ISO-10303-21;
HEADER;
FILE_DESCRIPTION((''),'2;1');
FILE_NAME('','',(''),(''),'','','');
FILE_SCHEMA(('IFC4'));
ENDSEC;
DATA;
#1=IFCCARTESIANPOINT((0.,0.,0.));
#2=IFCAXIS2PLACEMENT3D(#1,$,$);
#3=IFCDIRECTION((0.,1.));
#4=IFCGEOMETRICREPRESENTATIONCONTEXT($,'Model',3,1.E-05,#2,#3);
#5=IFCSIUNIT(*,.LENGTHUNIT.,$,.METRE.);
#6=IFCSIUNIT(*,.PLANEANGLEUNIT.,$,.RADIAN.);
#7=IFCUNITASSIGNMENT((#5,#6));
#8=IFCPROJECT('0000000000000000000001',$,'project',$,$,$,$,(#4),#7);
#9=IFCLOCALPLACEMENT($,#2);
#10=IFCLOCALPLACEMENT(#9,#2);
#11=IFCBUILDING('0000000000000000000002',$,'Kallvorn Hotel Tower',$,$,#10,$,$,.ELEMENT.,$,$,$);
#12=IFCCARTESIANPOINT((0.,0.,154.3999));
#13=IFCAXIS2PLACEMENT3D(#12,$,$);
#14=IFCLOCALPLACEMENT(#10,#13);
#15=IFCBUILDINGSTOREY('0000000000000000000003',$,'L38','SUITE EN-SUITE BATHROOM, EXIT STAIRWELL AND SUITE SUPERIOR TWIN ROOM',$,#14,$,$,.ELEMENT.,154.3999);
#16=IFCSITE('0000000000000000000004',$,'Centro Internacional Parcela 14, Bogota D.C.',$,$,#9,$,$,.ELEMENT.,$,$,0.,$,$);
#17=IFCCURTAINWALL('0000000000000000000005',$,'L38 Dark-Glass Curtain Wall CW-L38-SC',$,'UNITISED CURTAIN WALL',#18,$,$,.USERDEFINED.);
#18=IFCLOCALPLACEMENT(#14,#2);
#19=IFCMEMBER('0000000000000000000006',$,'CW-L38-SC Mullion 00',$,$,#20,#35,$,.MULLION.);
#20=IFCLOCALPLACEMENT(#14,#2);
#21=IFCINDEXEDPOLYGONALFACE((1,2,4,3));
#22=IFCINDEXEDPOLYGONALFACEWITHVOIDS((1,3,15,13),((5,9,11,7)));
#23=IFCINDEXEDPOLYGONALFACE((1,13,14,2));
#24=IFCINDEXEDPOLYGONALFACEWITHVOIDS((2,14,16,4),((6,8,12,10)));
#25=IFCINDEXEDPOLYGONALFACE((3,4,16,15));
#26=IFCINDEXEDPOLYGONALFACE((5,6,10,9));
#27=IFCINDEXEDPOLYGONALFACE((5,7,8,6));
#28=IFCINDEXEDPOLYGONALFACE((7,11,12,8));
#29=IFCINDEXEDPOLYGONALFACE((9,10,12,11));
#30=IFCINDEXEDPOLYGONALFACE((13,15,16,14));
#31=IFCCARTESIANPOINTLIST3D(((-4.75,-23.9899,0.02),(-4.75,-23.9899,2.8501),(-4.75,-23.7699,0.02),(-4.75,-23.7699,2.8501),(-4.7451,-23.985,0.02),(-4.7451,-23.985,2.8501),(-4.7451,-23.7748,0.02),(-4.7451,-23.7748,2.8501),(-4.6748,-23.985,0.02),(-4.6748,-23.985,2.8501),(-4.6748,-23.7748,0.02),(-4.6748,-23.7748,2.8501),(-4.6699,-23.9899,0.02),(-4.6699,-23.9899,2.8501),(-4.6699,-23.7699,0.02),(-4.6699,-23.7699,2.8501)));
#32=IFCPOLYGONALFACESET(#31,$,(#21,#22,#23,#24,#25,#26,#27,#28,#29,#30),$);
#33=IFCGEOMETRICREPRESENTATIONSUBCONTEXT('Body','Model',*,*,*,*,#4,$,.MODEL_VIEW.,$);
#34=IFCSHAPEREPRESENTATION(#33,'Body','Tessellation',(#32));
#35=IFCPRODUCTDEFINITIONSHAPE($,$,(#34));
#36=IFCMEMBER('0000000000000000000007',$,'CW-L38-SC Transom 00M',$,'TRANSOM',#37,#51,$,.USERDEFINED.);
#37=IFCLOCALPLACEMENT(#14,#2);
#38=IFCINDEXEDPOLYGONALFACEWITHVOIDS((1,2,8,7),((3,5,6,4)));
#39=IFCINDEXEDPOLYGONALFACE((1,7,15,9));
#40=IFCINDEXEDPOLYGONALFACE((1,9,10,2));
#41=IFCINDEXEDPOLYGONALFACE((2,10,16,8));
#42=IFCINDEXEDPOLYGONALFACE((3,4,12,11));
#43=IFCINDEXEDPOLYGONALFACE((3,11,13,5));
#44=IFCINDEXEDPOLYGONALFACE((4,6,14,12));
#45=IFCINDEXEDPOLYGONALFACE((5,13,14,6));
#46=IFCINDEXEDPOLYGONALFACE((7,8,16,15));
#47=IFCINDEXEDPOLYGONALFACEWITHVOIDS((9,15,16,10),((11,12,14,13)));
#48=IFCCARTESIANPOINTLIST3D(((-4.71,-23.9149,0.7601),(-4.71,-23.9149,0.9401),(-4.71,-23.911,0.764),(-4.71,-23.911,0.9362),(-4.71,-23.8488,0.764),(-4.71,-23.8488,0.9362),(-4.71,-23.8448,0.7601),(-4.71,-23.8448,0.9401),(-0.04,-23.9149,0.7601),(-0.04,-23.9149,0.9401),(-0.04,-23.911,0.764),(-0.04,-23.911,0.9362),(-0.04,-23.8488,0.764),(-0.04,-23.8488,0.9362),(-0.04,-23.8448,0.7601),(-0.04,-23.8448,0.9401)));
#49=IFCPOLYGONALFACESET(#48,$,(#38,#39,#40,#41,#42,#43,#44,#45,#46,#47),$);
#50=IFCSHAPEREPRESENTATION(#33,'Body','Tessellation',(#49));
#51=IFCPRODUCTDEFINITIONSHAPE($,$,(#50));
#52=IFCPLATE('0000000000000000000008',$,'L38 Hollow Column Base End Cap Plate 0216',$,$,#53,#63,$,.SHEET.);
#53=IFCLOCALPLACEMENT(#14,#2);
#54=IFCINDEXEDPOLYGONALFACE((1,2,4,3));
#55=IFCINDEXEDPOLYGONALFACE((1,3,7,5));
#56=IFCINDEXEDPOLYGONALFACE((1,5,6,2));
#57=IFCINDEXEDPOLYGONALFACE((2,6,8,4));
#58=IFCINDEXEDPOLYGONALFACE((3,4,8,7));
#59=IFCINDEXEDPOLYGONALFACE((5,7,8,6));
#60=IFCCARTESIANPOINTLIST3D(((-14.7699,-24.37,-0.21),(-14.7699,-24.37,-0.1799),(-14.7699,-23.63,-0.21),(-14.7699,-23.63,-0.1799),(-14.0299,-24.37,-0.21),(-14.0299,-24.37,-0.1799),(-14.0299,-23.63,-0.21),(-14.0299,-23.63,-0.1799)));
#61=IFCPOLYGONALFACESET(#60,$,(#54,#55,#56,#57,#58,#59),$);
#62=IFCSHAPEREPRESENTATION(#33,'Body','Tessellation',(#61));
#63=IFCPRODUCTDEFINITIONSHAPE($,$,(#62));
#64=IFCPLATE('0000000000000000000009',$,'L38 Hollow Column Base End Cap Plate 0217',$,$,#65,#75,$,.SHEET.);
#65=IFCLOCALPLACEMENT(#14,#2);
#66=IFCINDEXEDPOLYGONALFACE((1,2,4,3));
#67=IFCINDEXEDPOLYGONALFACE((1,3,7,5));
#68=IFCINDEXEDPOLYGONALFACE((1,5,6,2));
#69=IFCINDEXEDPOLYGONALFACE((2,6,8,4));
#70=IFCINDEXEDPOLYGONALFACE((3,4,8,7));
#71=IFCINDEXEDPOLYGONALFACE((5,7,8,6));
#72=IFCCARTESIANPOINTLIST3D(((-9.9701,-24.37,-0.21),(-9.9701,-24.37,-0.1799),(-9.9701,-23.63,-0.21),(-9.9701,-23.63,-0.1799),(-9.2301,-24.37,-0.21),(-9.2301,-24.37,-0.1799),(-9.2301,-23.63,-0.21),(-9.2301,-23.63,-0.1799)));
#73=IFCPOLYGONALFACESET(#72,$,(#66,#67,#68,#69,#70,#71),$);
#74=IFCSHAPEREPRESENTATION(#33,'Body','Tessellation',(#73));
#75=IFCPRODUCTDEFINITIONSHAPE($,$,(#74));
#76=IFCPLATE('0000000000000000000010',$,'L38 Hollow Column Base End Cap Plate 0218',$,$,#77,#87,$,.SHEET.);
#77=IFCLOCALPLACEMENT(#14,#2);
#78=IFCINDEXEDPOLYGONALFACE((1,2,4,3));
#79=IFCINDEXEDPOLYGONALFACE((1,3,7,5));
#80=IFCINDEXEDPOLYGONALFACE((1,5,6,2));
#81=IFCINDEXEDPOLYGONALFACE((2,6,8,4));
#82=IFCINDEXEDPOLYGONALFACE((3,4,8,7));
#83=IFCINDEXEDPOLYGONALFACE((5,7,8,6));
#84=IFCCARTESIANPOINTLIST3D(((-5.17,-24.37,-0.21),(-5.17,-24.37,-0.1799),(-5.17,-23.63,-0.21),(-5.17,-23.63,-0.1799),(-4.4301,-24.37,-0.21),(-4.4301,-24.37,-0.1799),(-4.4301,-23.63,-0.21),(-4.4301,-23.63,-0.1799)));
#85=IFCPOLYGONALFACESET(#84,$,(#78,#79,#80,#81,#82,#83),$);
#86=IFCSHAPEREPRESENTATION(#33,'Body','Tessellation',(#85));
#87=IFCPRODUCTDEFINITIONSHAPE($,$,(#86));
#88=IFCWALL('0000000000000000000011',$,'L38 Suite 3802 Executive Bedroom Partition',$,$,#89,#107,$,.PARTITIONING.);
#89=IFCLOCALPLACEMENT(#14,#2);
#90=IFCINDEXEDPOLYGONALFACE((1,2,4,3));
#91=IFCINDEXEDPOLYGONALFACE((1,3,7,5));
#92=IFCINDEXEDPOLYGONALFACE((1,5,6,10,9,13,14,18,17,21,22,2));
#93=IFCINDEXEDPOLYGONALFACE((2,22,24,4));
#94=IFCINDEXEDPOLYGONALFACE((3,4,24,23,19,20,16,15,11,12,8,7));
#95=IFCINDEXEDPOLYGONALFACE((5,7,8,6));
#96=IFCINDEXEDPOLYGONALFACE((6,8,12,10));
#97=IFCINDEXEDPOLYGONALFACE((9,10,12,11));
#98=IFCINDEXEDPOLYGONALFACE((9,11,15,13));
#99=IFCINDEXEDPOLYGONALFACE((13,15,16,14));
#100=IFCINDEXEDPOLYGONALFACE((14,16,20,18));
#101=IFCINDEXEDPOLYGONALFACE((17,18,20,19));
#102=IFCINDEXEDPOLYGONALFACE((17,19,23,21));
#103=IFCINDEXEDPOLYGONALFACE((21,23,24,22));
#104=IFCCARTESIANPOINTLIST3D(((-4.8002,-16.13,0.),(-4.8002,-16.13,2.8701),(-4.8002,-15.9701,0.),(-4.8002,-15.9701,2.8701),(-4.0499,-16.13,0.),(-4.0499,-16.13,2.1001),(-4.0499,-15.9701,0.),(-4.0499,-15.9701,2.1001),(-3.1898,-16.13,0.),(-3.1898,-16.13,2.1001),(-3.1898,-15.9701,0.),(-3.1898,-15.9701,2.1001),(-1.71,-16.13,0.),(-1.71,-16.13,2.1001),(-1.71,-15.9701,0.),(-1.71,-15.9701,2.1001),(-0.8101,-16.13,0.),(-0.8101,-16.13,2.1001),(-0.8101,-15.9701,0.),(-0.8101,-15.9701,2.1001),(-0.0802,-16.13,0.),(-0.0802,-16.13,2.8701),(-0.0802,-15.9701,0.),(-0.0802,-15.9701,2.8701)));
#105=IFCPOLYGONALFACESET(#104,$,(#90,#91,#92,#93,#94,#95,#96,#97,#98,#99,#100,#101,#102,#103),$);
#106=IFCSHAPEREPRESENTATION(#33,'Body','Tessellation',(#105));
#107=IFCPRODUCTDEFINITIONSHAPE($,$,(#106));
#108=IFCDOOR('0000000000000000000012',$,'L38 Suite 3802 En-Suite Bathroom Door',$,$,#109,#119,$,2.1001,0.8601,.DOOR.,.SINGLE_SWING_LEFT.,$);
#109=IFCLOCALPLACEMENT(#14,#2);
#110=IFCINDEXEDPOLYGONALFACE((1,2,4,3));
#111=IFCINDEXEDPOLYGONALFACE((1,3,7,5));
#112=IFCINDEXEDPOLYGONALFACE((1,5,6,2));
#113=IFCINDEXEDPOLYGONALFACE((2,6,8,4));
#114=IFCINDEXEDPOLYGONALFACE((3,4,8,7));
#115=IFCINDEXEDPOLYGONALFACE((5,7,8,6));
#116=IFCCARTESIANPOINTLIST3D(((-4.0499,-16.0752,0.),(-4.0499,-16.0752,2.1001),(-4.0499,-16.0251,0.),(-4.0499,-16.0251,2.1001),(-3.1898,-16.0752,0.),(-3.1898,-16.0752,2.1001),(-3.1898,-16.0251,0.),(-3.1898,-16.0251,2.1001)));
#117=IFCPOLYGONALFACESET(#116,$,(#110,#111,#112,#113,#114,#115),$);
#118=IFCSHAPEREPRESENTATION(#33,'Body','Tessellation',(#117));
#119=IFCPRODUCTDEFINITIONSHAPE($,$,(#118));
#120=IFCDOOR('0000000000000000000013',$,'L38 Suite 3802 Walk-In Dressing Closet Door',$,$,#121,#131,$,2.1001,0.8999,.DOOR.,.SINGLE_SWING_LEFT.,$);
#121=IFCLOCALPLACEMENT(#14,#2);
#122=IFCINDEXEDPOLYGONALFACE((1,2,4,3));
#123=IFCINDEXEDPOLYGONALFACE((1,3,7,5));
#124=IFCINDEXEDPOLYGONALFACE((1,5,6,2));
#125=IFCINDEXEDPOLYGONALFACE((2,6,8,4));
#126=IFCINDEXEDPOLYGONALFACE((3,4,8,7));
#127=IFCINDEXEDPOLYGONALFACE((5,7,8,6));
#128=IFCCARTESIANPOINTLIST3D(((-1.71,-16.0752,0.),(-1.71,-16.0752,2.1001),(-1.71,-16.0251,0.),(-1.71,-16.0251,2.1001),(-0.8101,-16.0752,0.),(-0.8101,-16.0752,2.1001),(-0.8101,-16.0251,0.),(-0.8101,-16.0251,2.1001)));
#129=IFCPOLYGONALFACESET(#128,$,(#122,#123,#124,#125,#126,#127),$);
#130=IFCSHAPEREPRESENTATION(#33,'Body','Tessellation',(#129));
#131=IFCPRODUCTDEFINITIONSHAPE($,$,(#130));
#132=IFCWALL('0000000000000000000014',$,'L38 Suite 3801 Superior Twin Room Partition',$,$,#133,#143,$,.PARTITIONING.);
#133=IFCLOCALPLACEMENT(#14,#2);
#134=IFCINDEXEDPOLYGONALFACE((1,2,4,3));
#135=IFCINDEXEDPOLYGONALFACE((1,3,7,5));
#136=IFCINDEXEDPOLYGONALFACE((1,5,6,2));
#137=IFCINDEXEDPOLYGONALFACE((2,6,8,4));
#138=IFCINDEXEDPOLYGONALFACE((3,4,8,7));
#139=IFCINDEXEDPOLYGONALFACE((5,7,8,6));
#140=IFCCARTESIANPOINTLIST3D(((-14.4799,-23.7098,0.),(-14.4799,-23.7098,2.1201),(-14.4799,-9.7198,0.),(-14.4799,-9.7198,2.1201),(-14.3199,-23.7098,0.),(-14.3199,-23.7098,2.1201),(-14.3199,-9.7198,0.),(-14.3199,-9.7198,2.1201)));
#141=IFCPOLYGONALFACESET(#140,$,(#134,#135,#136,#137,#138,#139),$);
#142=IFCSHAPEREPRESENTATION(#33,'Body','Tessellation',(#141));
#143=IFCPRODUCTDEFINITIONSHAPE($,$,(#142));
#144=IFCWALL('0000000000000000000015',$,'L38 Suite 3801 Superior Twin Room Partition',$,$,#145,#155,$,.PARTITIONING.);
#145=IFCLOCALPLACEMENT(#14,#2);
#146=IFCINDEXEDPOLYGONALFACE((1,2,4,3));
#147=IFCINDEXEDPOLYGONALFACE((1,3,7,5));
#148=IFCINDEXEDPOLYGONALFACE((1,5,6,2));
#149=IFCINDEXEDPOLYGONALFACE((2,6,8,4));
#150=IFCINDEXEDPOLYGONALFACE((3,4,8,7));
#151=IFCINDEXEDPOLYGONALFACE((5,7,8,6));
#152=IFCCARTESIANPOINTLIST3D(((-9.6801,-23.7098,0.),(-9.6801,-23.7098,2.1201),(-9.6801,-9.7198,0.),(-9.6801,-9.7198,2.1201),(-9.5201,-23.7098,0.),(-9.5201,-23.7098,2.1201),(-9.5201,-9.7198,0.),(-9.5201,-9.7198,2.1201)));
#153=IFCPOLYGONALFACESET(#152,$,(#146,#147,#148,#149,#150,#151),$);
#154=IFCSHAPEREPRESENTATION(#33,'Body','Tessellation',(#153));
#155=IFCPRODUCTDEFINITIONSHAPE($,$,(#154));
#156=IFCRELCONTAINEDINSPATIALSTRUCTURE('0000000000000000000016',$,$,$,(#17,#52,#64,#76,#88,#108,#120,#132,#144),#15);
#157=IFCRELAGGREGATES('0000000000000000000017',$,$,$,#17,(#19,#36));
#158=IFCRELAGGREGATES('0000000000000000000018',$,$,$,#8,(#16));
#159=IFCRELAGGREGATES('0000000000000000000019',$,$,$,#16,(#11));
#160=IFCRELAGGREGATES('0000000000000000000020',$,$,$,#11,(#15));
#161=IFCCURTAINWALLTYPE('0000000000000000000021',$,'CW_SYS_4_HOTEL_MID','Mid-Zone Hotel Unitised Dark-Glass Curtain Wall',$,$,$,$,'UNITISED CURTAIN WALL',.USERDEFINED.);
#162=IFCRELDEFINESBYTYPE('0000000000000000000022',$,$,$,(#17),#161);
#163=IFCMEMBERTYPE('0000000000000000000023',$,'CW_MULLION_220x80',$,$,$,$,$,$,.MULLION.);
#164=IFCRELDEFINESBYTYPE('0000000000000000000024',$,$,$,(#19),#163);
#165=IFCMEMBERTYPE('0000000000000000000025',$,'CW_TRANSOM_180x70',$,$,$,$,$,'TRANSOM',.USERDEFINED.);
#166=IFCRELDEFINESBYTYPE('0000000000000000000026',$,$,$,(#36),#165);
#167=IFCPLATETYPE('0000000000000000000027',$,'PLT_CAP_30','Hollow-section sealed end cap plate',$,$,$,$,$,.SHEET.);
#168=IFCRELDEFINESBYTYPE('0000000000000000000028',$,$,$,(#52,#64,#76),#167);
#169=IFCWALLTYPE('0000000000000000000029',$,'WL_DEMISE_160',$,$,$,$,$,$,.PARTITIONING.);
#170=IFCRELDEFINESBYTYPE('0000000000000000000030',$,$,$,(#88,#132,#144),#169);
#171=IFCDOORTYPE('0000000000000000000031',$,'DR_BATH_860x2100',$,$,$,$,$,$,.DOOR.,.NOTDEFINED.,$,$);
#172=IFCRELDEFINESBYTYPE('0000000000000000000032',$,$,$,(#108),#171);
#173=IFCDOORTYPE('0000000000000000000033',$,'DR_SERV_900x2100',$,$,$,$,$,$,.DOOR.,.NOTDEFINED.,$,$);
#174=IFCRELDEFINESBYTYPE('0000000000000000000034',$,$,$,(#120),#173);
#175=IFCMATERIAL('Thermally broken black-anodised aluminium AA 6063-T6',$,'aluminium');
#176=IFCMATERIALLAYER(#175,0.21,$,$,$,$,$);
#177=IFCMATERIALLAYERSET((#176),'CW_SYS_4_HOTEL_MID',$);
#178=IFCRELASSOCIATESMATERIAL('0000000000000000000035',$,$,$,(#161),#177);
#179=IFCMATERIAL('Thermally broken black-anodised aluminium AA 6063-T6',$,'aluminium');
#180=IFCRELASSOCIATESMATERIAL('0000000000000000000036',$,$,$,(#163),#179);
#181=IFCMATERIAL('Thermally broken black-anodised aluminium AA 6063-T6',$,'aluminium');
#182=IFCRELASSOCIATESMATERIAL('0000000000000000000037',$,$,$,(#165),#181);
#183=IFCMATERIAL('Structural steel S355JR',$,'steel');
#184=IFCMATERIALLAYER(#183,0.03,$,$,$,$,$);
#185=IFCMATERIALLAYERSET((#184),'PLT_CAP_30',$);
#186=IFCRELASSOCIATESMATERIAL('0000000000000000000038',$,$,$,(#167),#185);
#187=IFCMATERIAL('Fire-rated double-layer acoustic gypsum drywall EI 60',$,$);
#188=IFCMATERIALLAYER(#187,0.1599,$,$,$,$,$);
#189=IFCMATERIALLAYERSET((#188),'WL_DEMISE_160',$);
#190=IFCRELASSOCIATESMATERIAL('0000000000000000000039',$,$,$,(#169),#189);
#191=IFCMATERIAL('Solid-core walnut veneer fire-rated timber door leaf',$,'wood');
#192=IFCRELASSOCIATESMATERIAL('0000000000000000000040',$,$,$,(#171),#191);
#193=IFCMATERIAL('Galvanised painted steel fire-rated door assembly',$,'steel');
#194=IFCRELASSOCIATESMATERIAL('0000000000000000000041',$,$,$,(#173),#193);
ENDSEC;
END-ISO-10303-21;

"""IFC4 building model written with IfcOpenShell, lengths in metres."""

from ifc_helpers import new_model, si_unit, direction, frame, frame_2d, origin, origin_2d, place, context, subcontext, project, spatial, rectangle, hollow_rectangle, extrude, material, layer, layer_set, material_profile, profile_set, type_object, element, fill, aggregate, save


model = new_model("IFC4")

# Units and contexts
model_context = context("Model", 3, precision=1e-05, world=origin(), true_north=direction((0.0, 1.0)))
body_context = subcontext(model_context, "Body", "Model", "MODEL_VIEW")
ifc_project = project(units=[si_unit("LENGTHUNIT", "METRE"), si_unit("PLANEANGLEUNIT", "RADIAN")], contexts=[model_context])

# Site, building, storey
site_placement = place(None, origin())
site = spatial("IfcSite", under=ifc_project, at=site_placement, Name="Centro Internacional Parcela 14, Bogota D.C.", CompositionType="ELEMENT", RefElevation=0.0)
building_placement = place(site_placement, origin())
building = spatial("IfcBuilding", under=site, at=building_placement, Name="Kallvorn Hotel Tower", CompositionType="ELEMENT")
storey_placement = place(building_placement, frame((0.0, 0.0, 154.3999)))
storey = spatial("IfcBuildingStorey", under=building, at=storey_placement, Name="L38", Description="SUITE EN-SUITE BATHROOM, EXIT STAIRWELL AND SUITE SUPERIOR TWIN ROOM", CompositionType="ELEMENT", Elevation=154.3999)

# Curtain wall, members
ifc_material_1 = material(Name="Thermally broken black-anodised aluminium AA 6063-T6", Category="aluminium")
ifc_layer_1 = layer(ifc_material_1, 0.21)
ifc_layer_set_1 = layer_set([ifc_layer_1], Name="CW_SYS_4_HOTEL_MID")
curtain_wall_type = type_object("IfcCurtainWallType", Name="CW_SYS_4_HOTEL_MID", Description="Mid-Zone Hotel Unitised Dark-Glass Curtain Wall", ElementType="UNITISED CURTAIN WALL", PredefinedType="USERDEFINED", material=ifc_layer_set_1)
curtain_wall_placement = place(storey_placement, origin())
curtain_wall = element("IfcCurtainWall", 1, at=curtain_wall_placement, inside=storey, type_object=curtain_wall_type, Name="L38 Dark-Glass Curtain Wall CW-L38-SC", ObjectType="UNITISED CURTAIN WALL", PredefinedType="USERDEFINED")
ifc_material_2 = material(Name="Thermally broken black-anodised aluminium AA 6063-T6", Category="aluminium")
ifc_material_profile_1 = material_profile(ifc_material_2, hollow_rectangle(XDim=0.0801, YDim=0.22, WallThickness=0.0049, at=origin_2d()), Name="MUL 220x80")
ifc_profile_set_1 = profile_set([ifc_material_profile_1], Name="Thermally broken black-anodised aluminium AA 6063-T6")
member_type_1 = type_object("IfcMemberType", Name="CW_MULLION_220x80", PredefinedType="MULLION", material=ifc_profile_set_1)
member_1_placement = place(storey_placement, frame((-4.71, -23.8799, 0.02), z_axis=(0.0, 0.0, 1.0), x_axis=(1.0, 0.0, 0.0)))
member_1 = element("IfcMember", 2, at=member_1_placement, type_object=member_type_1, Name="CW-L38-SC Mullion 00", PredefinedType="MULLION", context=body_context, shape_type="SweptSolid", body=[
    extrude(hollow_rectangle(XDim=0.0801, YDim=0.22, WallThickness=0.0049, at=origin_2d()), origin(), (0.0, 0.0, 1.0), 2.8301),
])
ifc_material_3 = material(Name="Thermally broken black-anodised aluminium AA 6063-T6", Category="aluminium")
ifc_material_profile_2 = material_profile(ifc_material_3, hollow_rectangle(XDim=0.0701, YDim=0.1799, WallThickness=0.0039, at=origin_2d()), Name="TRN 180x70")
ifc_profile_set_2 = profile_set([ifc_material_profile_2], Name="Thermally broken black-anodised aluminium AA 6063-T6")
member_type_2 = type_object("IfcMemberType", Name="CW_TRANSOM_180x70", ElementType="TRANSOM", PredefinedType="USERDEFINED", material=ifc_profile_set_2)
member_2_placement = place(storey_placement, frame((-4.71, -23.8799, 0.8501), z_axis=(1.0, 0.0, 0.0), x_axis=(0.0, 1.0, 0.0)))
member_2 = element("IfcMember", 3, at=member_2_placement, type_object=member_type_2, Name="CW-L38-SC Transom 00M", ObjectType="TRANSOM", PredefinedType="USERDEFINED", context=body_context, shape_type="SweptSolid", body=[
    extrude(hollow_rectangle(XDim=0.0701, YDim=0.1799, WallThickness=0.0039, at=origin_2d()), origin(), (0.0, 0.0, 1.0), 4.6699),
])
aggregate(curtain_wall, [member_1, member_2])

# Plates
ifc_material_4 = material(Name="Structural steel S355JR", Category="steel")
ifc_layer_2 = layer(ifc_material_4, 0.03)
ifc_layer_set_2 = layer_set([ifc_layer_2], Name="PLT_CAP_30")
plate_type = type_object("IfcPlateType", Name="PLT_CAP_30", Description="Hollow-section sealed end cap plate", PredefinedType="SHEET", material=ifc_layer_set_2)
for number, where, z_axis, x_axis, name in (
    (4, (-14.3999, -24.0, -0.21), (0.0, 0.0, 1.0), (1.0, 0.0, 0.0), "L38 Hollow Column Base End Cap Plate 0216"),
    (5, (-9.6001, -24.0, -0.21), (0.0, 0.0, 1.0), (1.0, 0.0, 0.0), "L38 Hollow Column Base End Cap Plate 0217"),
    (6, (-4.8, -24.0, -0.21), (0.0, 0.0, 1.0), (1.0, 0.0, 0.0), "L38 Hollow Column Base End Cap Plate 0218"),
):
    element("IfcPlate", number, at=place(storey_placement, frame(where, z_axis=z_axis, x_axis=x_axis)), inside=storey, type_object=plate_type, Name=name, PredefinedType="SHEET", context=body_context, shape_type="SweptSolid", body=[
        extrude(rectangle(XDim=0.74, YDim=0.74, at=origin_2d()), origin(), (0.0, 0.0, 1.0), 0.03),
    ])

# Wall, openings, doors
ifc_material_5 = material(Name="Fire-rated double-layer acoustic gypsum drywall EI 60")
ifc_layer_3 = layer(ifc_material_5, 0.1599)
ifc_layer_set_3 = layer_set([ifc_layer_3], Name="WL_DEMISE_160")
wall_type = type_object("IfcWallType", Name="WL_DEMISE_160", PredefinedType="PARTITIONING", material=ifc_layer_set_3)
wall_1_placement = place(storey_placement, frame((-4.8, -16.05, 0.0), z_axis=(0.0, 0.0, 1.0), x_axis=(1.0, 0.0, 0.0)))
wall_1 = element("IfcWall", 7, at=wall_1_placement, inside=storey, type_object=wall_type, Name="L38 Suite 3802 Executive Bedroom Partition", PredefinedType="PARTITIONING", context=body_context, shape_type="SweptSolid", body=[
    extrude(rectangle(XDim=4.72, YDim=0.1599, at=frame_2d((2.3599, 0.0))), origin(), (0.0, 0.0, 1.0), 2.8701),
])
opening_1_placement = place(wall_1_placement, frame((0.75, 0.0, 0.0)))
opening_1 = element("IfcOpeningElement", 8, at=opening_1_placement, cuts=wall_1, PredefinedType="OPENING", context=body_context, shape_type="SweptSolid", body=[
    extrude(rectangle(XDim=0.8601, YDim=2.1001, at=frame_2d((0.4302, 1.05))), frame((0.0, 0.095, 0.0), z_axis=(0.0, -1.0, 0.0), x_axis=(1.0, 0.0, 0.0)), (0.0, 0.0, 1.0), 0.1899),
])
opening_2_placement = place(wall_1_placement, frame((3.0901, 0.0, 0.0)))
opening_2 = element("IfcOpeningElement", 9, at=opening_2_placement, cuts=wall_1, PredefinedType="OPENING", context=body_context, shape_type="SweptSolid", body=[
    extrude(rectangle(XDim=0.8999, YDim=2.1001, at=frame_2d((0.45, 1.05))), frame((0.0, 0.095, 0.0), z_axis=(0.0, -1.0, 0.0), x_axis=(1.0, 0.0, 0.0)), (0.0, 0.0, 1.0), 0.1899),
])
ifc_material_6 = material(Name="Solid-core walnut veneer fire-rated timber door leaf", Category="wood")
door_type_1 = type_object("IfcDoorType", Name="DR_BATH_860x2100", OperationType="NOTDEFINED", PredefinedType="DOOR", material=ifc_material_6)
door_1_placement = place(opening_1_placement, origin())
door_1 = element("IfcDoor", 10, at=door_1_placement, inside=storey, type_object=door_type_1, Name="L38 Suite 3802 En-Suite Bathroom Door", OperationType="SINGLE_SWING_LEFT", OverallHeight=2.1001, OverallWidth=0.8601, PredefinedType="DOOR", context=body_context, shape_type="SweptSolid", body=[
    extrude(rectangle(XDim=0.8601, YDim=2.1001, at=frame_2d((0.4302, 1.05))), frame((0.0, 0.0249, 0.0), z_axis=(0.0, -1.0, 0.0), x_axis=(1.0, 0.0, 0.0)), (0.0, 0.0, 1.0), 0.05),
])
fill(opening_1, door_1)
ifc_material_7 = material(Name="Galvanised painted steel fire-rated door assembly", Category="steel")
door_type_2 = type_object("IfcDoorType", Name="DR_SERV_900x2100", OperationType="NOTDEFINED", PredefinedType="DOOR", material=ifc_material_7)
door_2_placement = place(opening_2_placement, origin())
door_2 = element("IfcDoor", 11, at=door_2_placement, inside=storey, type_object=door_type_2, Name="L38 Suite 3802 Walk-In Dressing Closet Door", OperationType="SINGLE_SWING_LEFT", OverallHeight=2.1001, OverallWidth=0.8999, PredefinedType="DOOR", context=body_context, shape_type="SweptSolid", body=[
    extrude(rectangle(XDim=0.8999, YDim=2.1001, at=frame_2d((0.45, 1.05))), frame((0.0, 0.0249, 0.0), z_axis=(0.0, -1.0, 0.0), x_axis=(1.0, 0.0, 0.0)), (0.0, 0.0, 1.0), 0.05),
])
fill(opening_2, door_2)

# Walls
for number, where, z_axis, x_axis, name in (
    (12, (-14.3999, -23.71, 0.0), (0.0, 0.0, 1.0), (0.0, 1.0, 0.0), "L38 Suite 3801 Superior Twin Room Partition"),
    (13, (-9.6001, -23.71, 0.0), (0.0, 0.0, 1.0), (0.0, 1.0, 0.0), "L38 Suite 3801 Superior Twin Room Partition"),
):
    element("IfcWall", number, at=place(storey_placement, frame(where, z_axis=z_axis, x_axis=x_axis)), inside=storey, type_object=wall_type, Name=name, PredefinedType="PARTITIONING", context=body_context, shape_type="SweptSolid", body=[
        extrude(rectangle(XDim=13.99, YDim=0.1599, at=frame_2d((6.9951, 0.0))), origin(), (0.0, 0.0, 1.0), 2.1201),
    ])

save(model, "model.ifc")
